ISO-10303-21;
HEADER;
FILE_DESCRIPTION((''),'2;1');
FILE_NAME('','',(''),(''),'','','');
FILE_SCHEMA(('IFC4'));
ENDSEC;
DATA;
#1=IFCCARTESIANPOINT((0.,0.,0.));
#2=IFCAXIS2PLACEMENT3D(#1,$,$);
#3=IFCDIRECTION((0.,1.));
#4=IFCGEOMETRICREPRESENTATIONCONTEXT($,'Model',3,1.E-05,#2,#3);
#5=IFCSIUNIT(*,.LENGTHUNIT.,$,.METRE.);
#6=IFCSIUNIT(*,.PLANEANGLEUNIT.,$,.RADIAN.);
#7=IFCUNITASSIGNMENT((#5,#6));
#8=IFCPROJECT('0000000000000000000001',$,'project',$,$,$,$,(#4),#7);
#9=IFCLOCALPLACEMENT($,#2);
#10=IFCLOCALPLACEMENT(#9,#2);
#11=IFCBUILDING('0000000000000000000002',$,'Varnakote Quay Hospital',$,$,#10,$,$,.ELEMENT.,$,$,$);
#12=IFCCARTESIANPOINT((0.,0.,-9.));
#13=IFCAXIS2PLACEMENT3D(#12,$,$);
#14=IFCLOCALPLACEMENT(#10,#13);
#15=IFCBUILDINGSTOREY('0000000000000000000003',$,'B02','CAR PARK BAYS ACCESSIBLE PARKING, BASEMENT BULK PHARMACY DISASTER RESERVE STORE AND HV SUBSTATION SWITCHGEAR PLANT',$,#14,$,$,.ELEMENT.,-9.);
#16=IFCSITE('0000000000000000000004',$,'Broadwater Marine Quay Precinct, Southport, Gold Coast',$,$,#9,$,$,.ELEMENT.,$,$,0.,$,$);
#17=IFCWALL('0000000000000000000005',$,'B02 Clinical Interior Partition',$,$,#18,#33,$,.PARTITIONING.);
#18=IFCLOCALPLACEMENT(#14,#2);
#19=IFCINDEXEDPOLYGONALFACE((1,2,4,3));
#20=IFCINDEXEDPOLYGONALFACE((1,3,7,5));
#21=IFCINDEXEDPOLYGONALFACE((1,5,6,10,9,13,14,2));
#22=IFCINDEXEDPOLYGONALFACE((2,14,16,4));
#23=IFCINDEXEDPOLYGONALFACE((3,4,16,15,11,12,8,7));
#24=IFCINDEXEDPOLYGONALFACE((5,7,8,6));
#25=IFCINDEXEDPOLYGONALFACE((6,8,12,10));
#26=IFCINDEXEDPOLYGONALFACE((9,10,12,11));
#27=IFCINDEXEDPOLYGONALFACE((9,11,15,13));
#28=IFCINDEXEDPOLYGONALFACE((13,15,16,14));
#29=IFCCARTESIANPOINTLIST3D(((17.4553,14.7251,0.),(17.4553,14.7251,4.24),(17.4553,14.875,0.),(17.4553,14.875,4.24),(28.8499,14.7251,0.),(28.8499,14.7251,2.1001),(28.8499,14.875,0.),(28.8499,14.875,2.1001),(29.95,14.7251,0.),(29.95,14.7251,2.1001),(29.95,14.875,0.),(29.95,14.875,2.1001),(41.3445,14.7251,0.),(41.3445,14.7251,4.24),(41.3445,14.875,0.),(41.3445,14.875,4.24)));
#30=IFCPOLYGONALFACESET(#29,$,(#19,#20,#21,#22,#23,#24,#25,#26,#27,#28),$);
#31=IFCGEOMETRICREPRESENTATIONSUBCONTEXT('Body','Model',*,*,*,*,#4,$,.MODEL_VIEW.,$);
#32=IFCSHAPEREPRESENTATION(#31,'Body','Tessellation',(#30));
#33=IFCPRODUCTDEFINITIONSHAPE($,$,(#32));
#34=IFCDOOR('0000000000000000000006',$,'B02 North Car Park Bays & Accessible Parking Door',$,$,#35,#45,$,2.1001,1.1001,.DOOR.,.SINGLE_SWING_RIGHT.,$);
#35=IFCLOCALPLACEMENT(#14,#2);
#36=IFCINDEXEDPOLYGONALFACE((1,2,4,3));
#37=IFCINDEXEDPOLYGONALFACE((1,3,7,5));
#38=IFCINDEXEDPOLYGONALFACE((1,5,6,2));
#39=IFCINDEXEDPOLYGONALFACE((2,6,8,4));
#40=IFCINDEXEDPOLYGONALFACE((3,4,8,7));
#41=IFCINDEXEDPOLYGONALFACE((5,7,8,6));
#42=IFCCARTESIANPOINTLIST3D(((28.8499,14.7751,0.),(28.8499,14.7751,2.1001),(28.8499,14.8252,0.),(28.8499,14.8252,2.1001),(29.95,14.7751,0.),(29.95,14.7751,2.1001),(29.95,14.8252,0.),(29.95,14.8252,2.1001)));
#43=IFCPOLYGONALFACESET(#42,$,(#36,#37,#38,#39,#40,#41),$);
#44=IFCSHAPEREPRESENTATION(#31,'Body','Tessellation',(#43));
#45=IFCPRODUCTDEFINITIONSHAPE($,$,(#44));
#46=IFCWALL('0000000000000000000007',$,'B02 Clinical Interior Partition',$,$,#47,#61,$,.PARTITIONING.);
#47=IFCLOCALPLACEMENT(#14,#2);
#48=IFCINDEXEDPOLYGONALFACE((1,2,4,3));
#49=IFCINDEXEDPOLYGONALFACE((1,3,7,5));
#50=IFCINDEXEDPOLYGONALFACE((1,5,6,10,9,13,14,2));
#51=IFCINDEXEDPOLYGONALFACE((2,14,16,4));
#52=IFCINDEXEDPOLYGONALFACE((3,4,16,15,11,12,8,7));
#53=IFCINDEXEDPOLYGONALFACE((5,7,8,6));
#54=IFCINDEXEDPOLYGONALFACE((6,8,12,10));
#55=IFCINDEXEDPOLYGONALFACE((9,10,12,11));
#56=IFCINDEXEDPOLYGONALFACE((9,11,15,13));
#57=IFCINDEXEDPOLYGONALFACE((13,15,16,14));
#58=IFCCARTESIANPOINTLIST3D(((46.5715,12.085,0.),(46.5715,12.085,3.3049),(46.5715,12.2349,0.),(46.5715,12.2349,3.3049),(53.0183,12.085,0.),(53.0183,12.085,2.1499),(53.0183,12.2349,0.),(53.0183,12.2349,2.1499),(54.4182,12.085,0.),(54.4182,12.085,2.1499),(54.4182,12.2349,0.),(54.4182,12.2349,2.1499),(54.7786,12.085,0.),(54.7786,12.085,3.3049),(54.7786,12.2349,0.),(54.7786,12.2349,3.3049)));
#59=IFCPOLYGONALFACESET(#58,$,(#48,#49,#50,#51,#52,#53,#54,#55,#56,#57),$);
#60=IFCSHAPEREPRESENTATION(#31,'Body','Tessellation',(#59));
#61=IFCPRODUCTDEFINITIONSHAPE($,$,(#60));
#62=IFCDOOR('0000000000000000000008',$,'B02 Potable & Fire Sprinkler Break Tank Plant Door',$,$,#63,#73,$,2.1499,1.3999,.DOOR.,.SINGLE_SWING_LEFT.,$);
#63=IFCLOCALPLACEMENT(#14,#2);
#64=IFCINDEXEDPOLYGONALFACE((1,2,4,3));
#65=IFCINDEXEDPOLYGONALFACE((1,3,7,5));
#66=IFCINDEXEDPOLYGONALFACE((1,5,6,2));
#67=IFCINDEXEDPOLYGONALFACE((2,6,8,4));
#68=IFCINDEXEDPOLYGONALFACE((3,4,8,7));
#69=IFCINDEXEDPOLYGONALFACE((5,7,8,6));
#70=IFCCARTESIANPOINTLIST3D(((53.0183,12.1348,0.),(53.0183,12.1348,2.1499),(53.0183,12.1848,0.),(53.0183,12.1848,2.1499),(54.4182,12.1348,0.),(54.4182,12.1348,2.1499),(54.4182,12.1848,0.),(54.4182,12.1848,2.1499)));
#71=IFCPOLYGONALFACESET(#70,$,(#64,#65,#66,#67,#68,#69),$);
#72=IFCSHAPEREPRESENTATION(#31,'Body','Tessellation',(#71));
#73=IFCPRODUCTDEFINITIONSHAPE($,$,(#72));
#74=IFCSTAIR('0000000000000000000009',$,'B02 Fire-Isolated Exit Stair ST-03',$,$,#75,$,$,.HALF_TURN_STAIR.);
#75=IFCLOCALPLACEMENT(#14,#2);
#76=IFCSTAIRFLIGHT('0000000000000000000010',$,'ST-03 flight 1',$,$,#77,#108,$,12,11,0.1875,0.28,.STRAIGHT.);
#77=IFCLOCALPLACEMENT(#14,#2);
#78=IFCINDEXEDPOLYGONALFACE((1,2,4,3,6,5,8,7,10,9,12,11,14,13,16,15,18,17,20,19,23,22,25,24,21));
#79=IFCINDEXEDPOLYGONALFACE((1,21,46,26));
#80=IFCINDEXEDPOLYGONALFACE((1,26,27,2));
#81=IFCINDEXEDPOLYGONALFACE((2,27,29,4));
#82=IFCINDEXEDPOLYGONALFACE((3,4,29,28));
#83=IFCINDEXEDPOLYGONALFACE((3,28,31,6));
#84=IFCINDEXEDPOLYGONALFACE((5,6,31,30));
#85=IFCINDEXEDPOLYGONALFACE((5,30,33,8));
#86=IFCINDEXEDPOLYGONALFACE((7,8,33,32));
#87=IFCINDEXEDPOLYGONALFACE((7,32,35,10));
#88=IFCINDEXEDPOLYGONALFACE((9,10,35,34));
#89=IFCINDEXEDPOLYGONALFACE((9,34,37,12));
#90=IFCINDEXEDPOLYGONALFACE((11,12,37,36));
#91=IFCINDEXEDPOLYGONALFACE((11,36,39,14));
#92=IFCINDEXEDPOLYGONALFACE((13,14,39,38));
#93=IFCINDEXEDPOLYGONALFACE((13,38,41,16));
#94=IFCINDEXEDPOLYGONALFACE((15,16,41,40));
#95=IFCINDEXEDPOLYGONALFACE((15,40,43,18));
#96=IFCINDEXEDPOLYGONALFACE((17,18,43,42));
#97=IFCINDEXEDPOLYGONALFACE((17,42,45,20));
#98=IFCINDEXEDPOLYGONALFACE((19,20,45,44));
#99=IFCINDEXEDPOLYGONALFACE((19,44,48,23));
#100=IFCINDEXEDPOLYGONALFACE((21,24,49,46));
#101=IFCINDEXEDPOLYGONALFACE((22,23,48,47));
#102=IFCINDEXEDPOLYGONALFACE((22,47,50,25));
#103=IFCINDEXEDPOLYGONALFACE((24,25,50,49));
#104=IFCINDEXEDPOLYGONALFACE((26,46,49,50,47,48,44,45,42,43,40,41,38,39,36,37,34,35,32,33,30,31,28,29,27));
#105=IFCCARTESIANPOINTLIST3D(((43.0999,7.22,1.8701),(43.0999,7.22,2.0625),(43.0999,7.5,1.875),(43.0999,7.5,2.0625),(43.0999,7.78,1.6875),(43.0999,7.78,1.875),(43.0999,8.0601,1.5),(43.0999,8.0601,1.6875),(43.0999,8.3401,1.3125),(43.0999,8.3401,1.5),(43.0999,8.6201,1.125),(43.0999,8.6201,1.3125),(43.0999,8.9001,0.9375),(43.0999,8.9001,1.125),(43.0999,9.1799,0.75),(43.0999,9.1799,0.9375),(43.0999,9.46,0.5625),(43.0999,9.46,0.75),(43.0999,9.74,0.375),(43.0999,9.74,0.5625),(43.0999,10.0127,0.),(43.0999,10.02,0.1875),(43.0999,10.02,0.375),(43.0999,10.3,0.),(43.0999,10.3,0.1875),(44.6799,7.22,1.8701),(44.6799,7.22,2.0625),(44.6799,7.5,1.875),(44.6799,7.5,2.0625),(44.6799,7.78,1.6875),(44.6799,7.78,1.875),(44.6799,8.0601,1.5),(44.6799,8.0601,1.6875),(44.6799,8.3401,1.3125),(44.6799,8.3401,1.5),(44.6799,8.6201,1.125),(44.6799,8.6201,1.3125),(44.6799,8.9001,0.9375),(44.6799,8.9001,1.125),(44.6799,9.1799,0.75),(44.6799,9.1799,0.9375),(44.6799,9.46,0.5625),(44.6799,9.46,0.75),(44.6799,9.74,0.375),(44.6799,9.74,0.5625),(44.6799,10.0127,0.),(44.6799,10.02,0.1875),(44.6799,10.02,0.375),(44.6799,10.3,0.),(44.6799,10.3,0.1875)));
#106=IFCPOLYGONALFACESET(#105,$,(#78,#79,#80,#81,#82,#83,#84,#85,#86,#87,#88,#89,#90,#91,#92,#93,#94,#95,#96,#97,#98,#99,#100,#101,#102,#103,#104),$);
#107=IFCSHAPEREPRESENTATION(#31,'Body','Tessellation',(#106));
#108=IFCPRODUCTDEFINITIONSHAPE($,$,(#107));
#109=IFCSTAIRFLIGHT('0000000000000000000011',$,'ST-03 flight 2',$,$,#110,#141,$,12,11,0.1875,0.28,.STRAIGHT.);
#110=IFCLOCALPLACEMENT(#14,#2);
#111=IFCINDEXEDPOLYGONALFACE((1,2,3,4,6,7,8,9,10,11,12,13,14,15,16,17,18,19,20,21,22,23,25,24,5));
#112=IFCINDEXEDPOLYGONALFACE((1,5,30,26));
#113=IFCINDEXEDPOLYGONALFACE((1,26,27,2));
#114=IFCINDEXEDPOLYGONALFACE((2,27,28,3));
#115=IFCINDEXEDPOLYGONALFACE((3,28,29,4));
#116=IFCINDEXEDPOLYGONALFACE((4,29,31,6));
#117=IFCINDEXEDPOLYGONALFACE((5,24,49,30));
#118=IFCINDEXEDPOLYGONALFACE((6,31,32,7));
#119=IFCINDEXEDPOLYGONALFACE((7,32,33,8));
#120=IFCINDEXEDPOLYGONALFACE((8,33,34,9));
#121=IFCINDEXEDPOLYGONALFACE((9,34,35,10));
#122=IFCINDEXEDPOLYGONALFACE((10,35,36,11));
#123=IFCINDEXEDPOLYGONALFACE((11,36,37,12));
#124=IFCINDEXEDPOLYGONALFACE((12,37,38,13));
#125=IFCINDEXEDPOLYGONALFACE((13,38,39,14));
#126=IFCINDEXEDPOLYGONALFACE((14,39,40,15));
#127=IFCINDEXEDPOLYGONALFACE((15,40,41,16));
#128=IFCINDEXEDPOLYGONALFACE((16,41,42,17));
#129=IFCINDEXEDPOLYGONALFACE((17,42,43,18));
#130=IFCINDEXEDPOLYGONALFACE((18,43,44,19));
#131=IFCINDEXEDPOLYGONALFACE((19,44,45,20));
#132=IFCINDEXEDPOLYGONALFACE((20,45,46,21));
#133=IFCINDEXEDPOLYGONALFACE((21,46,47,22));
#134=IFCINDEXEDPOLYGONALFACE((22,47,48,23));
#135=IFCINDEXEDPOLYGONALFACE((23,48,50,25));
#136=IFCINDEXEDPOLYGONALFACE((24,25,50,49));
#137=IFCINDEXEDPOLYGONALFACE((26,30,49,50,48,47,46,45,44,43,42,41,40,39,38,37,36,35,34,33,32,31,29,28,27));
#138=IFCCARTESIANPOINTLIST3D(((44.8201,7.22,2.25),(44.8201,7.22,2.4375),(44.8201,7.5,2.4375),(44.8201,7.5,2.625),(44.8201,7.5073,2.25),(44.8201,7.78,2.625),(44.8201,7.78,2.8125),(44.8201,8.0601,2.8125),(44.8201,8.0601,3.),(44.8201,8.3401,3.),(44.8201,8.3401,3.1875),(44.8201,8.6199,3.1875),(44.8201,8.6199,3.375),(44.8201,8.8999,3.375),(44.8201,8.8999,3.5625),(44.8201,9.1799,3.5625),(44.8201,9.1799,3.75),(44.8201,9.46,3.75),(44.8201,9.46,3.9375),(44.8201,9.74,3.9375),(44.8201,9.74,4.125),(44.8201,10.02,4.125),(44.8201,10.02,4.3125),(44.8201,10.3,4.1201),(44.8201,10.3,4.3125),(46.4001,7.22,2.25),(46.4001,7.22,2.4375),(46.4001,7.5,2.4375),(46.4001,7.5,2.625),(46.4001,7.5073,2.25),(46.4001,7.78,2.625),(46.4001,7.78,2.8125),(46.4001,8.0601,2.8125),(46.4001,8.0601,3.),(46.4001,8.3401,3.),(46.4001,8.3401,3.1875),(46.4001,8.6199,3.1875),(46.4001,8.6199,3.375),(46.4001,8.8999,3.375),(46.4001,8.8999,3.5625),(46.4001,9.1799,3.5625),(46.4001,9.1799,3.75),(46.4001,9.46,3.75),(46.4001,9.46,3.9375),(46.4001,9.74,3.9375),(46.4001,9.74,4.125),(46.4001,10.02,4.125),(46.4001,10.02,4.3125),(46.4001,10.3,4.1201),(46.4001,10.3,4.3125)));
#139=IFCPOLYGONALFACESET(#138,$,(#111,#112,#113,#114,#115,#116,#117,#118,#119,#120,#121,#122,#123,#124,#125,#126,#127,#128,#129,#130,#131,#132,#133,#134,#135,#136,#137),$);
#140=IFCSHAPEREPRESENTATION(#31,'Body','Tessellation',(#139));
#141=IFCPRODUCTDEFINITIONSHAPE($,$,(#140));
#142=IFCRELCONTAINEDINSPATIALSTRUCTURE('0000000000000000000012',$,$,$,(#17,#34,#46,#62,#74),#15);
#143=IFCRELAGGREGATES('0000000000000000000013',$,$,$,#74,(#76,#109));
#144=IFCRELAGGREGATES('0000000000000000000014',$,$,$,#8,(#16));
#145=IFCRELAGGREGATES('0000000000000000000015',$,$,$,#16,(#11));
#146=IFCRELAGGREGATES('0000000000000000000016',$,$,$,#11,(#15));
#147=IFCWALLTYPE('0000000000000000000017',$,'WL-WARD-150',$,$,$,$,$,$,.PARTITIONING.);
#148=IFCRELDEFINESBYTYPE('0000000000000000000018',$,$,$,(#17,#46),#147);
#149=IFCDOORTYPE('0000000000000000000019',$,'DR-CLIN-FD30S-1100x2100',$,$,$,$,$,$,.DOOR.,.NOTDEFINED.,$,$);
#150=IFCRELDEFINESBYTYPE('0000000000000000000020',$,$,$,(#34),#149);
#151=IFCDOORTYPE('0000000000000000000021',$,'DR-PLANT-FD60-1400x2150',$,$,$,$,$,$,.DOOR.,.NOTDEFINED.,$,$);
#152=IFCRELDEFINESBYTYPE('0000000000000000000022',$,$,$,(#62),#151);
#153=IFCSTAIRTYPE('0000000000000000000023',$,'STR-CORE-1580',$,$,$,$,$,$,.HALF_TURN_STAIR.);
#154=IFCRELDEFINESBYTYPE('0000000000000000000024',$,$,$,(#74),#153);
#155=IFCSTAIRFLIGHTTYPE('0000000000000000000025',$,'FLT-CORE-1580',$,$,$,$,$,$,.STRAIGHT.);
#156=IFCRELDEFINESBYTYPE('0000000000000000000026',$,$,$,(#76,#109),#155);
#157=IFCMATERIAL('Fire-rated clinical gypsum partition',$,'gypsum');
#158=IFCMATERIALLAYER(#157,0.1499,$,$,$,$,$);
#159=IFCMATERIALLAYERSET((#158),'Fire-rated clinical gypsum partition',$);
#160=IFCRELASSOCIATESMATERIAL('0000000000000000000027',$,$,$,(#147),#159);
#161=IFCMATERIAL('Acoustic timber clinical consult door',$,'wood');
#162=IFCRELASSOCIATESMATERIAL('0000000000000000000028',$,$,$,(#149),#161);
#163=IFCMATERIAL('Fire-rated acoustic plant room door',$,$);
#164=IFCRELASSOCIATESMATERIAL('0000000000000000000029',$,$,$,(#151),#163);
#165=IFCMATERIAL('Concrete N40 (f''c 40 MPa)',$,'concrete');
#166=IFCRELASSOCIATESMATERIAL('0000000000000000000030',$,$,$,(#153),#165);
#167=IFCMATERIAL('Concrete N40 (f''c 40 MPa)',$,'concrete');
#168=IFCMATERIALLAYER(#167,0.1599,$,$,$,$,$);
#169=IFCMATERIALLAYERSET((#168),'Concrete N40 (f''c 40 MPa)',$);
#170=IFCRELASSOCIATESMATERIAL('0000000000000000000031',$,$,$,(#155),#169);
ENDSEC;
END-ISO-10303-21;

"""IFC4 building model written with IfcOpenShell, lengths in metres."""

from ifc_helpers import new_model, si_unit, direction, frame, frame_2d, origin, place, context, subcontext, project, spatial, polyline, rectangle, outline, extrude, material, layer, layer_set, type_object, element, fill, aggregate, save


model = new_model("IFC4")

# Units and contexts
model_context = context("Model", 3, precision=1e-05, world=origin(), true_north=direction((0.0, 1.0)))
body_context = subcontext(model_context, "Body", "Model", "MODEL_VIEW")
ifc_project = project(units=[si_unit("LENGTHUNIT", "METRE"), si_unit("PLANEANGLEUNIT", "RADIAN")], contexts=[model_context])

# Site, building, storey
site_placement = place(None, origin())
site = spatial("IfcSite", under=ifc_project, at=site_placement, Name="Broadwater Marine Quay Precinct, Southport, Gold Coast", CompositionType="ELEMENT", RefElevation=0.0)
building_placement = place(site_placement, origin())
building = spatial("IfcBuilding", under=site, at=building_placement, Name="Varnakote Quay Hospital", CompositionType="ELEMENT")
storey_placement = place(building_placement, frame((0.0, 0.0, -9.0)))
storey = spatial("IfcBuildingStorey", under=building, at=storey_placement, Name="B02", Description="CAR PARK BAYS ACCESSIBLE PARKING, BASEMENT BULK PHARMACY DISASTER RESERVE STORE AND HV SUBSTATION SWITCHGEAR PLANT", CompositionType="ELEMENT", Elevation=-9.0)

# Walls, openings, doors
ifc_material_1 = material(Name="Fire-rated clinical gypsum partition", Category="gypsum")
ifc_layer_1 = layer(ifc_material_1, 0.1499)
ifc_layer_set_1 = layer_set([ifc_layer_1], Name="Fire-rated clinical gypsum partition")
wall_type_1 = type_object("IfcWallType", Name="WL-WARD-150", PredefinedType="PARTITIONING", material=ifc_layer_set_1)
wall_1_placement = place(storey_placement, frame((41.3445, 14.8, 0.0), z_axis=(0.0, 0.0, 1.0), x_axis=(-1.0, 0.0, 0.0)))
wall_1 = element("IfcWall", 1, at=wall_1_placement, inside=storey, type_object=wall_type_1, Name="B02 Clinical Interior Partition", PredefinedType="PARTITIONING", context=body_context, shape_type="SweptSolid", body=[
    extrude(rectangle(XDim=23.8892, YDim=0.1499, at=frame_2d((11.9446, 0.0))), origin(), (0.0, 0.0, 1.0), 4.24),
])
opening_1_placement = place(wall_1_placement, frame((11.3945, 0.0, 0.0)))
opening_1 = element("IfcOpeningElement", 2, at=opening_1_placement, cuts=wall_1, PredefinedType="OPENING", context=body_context, shape_type="SweptSolid", body=[
    extrude(rectangle(XDim=1.1001, YDim=2.1001, at=frame_2d((0.55, 1.05))), frame((0.0, 0.085, 0.0), z_axis=(0.0, -1.0, 0.0), x_axis=(1.0, 0.0, 0.0)), (0.0, 0.0, 1.0), 0.1699),
])
ifc_material_2 = material(Name="Acoustic timber clinical consult door", Category="wood")
door_type_1 = type_object("IfcDoorType", Name="DR-CLIN-FD30S-1100x2100", OperationType="NOTDEFINED", PredefinedType="DOOR", material=ifc_material_2)
door_1_placement = place(opening_1_placement, origin())
door_1 = element("IfcDoor", 3, at=door_1_placement, inside=storey, type_object=door_type_1, Name="B02 North Car Park Bays & Accessible Parking Door", OperationType="SINGLE_SWING_RIGHT", OverallHeight=2.1001, OverallWidth=1.1001, PredefinedType="DOOR", context=body_context, shape_type="SweptSolid", body=[
    extrude(rectangle(XDim=1.1001, YDim=2.1001, at=frame_2d((0.55, 1.05))), frame((0.0, 0.0249, 0.0), z_axis=(0.0, -1.0, 0.0), x_axis=(1.0, 0.0, 0.0)), (0.0, 0.0, 1.0), 0.05),
])
fill(opening_1, door_1)
wall_2_placement = place(storey_placement, frame((46.5715, 12.1599, 0.0), z_axis=(0.0, 0.0, 1.0), x_axis=(1.0, 0.0, 0.0)))
wall_2 = element("IfcWall", 4, at=wall_2_placement, inside=storey, type_object=wall_type_1, Name="B02 Clinical Interior Partition", PredefinedType="PARTITIONING", context=body_context, shape_type="SweptSolid", body=[
    extrude(rectangle(XDim=8.207, YDim=0.1499, at=frame_2d((4.1035, 0.0))), origin(), (0.0, 0.0, 1.0), 3.3049),
])
opening_2_placement = place(wall_2_placement, frame((6.4468, 0.0, 0.0)))
opening_2 = element("IfcOpeningElement", 5, at=opening_2_placement, cuts=wall_2, PredefinedType="OPENING", context=body_context, shape_type="SweptSolid", body=[
    extrude(rectangle(XDim=1.3999, YDim=2.1499, at=frame_2d((0.7, 1.075))), frame((0.0, 0.085, 0.0), z_axis=(0.0, -1.0, 0.0), x_axis=(1.0, 0.0, 0.0)), (0.0, 0.0, 1.0), 0.1699),
])
ifc_material_3 = material(Name="Fire-rated acoustic plant room door")
door_type_2 = type_object("IfcDoorType", Name="DR-PLANT-FD60-1400x2150", OperationType="NOTDEFINED", PredefinedType="DOOR", material=ifc_material_3)
door_2_placement = place(opening_2_placement, origin())
door_2 = element("IfcDoor", 6, at=door_2_placement, inside=storey, type_object=door_type_2, Name="B02 Potable & Fire Sprinkler Break Tank Plant Door", OperationType="SINGLE_SWING_LEFT", OverallHeight=2.1499, OverallWidth=1.3999, PredefinedType="DOOR", context=body_context, shape_type="SweptSolid", body=[
    extrude(rectangle(XDim=1.3999, YDim=2.1499, at=frame_2d((0.7, 1.075))), frame((0.0, 0.0249, 0.0), z_axis=(0.0, -1.0, 0.0), x_axis=(1.0, 0.0, 0.0)), (0.0, 0.0, 1.0), 0.05),
])
fill(opening_2, door_2)

# Stair, stair flights
ifc_material_4 = material(Name="Concrete N40 (f'c 40 MPa)", Category="concrete")
stair_type = type_object("IfcStairType", Name="STR-CORE-1580", PredefinedType="HALF_TURN_STAIR", material=ifc_material_4)
stair_placement = place(storey_placement, origin())
stair = element("IfcStair", 7, at=stair_placement, inside=storey, type_object=stair_type, Name="B02 Fire-Isolated Exit Stair ST-03", PredefinedType="HALF_TURN_STAIR")
ifc_material_5 = material(Name="Concrete N40 (f'c 40 MPa)", Category="concrete")
ifc_layer_2 = layer(ifc_material_5, 0.1599)
ifc_layer_set_2 = layer_set([ifc_layer_2], Name="Concrete N40 (f'c 40 MPa)")
stair_flight_type = type_object("IfcStairFlightType", Name="FLT-CORE-1580", PredefinedType="STRAIGHT", material=ifc_layer_set_2)
stair_flight_1_placement = place(storey_placement, frame((43.8899, 10.3, 0.0), z_axis=(0.0, 0.0, 1.0), x_axis=(0.0, -1.0, 0.0)))
stair_flight_1 = element("IfcStairFlight", 8, at=stair_flight_1_placement, type_object=stair_flight_type, Name="ST-03 flight 1", NumberOfRisers=12, NumberOfTreads=11, PredefinedType="STRAIGHT", RiserHeight=0.1875, TreadLength=0.28, context=body_context, shape_type="SweptSolid", body=[
    extrude(outline(polyline([(0.0, 0.0), (0.0, 0.1875), (0.28, 0.1875), (0.28, 0.375), (0.5601, 0.375), (0.5601, 0.5625), (0.8401, 0.5625), (0.8401, 0.75), (1.1201, 0.75), (1.1201, 0.9375), (1.3999, 0.9375), (1.3999, 1.125), (1.6799, 1.125), (1.6799, 1.3125), (1.96, 1.3125), (1.96, 1.5), (2.24, 1.5), (2.24, 1.6875), (2.52, 1.6875), (2.52, 1.875), (2.8, 1.875), (2.8, 2.0625), (3.0801, 2.0625), (3.0801, 2.25), (3.0801, 1.8701), (0.2874, 0.0), (0.0, 0.0)])), frame((0.0, 0.79, 0.0), z_axis=(0.0, -1.0, 0.0), x_axis=(1.0, 0.0, 0.0)), (0.0, 0.0, 1.0), 1.5801),
])
stair_flight_2_placement = place(storey_placement, frame((45.6101, 7.22, 2.25), z_axis=(0.0, 0.0, 1.0), x_axis=(0.0, 1.0, 0.0)))
stair_flight_2 = element("IfcStairFlight", 9, at=stair_flight_2_placement, type_object=stair_flight_type, Name="ST-03 flight 2", NumberOfRisers=12, NumberOfTreads=11, PredefinedType="STRAIGHT", RiserHeight=0.1875, TreadLength=0.28, context=body_context, shape_type="SweptSolid", body=[
    extrude(outline(polyline([(0.0, 0.0), (0.0, 0.1875), (0.28, 0.1875), (0.28, 0.375), (0.5601, 0.375), (0.5601, 0.5625), (0.8401, 0.5625), (0.8401, 0.75), (1.1201, 0.75), (1.1201, 0.9375), (1.3999, 0.9375), (1.3999, 1.125), (1.6799, 1.125), (1.6799, 1.3125), (1.96, 1.3125), (1.96, 1.5), (2.24, 1.5), (2.24, 1.6875), (2.52, 1.6875), (2.52, 1.875), (2.8, 1.875), (2.8, 2.0625), (3.0801, 2.0625), (3.0801, 2.25), (3.0801, 1.8701), (0.2874, 0.0), (0.0, 0.0)])), frame((0.0, 0.79, 0.0), z_axis=(0.0, -1.0, 0.0), x_axis=(1.0, 0.0, 0.0)), (0.0, 0.0, 1.0), 1.5801),
])
aggregate(stair, [stair_flight_1, stair_flight_2])

save(model, "model.ifc")
